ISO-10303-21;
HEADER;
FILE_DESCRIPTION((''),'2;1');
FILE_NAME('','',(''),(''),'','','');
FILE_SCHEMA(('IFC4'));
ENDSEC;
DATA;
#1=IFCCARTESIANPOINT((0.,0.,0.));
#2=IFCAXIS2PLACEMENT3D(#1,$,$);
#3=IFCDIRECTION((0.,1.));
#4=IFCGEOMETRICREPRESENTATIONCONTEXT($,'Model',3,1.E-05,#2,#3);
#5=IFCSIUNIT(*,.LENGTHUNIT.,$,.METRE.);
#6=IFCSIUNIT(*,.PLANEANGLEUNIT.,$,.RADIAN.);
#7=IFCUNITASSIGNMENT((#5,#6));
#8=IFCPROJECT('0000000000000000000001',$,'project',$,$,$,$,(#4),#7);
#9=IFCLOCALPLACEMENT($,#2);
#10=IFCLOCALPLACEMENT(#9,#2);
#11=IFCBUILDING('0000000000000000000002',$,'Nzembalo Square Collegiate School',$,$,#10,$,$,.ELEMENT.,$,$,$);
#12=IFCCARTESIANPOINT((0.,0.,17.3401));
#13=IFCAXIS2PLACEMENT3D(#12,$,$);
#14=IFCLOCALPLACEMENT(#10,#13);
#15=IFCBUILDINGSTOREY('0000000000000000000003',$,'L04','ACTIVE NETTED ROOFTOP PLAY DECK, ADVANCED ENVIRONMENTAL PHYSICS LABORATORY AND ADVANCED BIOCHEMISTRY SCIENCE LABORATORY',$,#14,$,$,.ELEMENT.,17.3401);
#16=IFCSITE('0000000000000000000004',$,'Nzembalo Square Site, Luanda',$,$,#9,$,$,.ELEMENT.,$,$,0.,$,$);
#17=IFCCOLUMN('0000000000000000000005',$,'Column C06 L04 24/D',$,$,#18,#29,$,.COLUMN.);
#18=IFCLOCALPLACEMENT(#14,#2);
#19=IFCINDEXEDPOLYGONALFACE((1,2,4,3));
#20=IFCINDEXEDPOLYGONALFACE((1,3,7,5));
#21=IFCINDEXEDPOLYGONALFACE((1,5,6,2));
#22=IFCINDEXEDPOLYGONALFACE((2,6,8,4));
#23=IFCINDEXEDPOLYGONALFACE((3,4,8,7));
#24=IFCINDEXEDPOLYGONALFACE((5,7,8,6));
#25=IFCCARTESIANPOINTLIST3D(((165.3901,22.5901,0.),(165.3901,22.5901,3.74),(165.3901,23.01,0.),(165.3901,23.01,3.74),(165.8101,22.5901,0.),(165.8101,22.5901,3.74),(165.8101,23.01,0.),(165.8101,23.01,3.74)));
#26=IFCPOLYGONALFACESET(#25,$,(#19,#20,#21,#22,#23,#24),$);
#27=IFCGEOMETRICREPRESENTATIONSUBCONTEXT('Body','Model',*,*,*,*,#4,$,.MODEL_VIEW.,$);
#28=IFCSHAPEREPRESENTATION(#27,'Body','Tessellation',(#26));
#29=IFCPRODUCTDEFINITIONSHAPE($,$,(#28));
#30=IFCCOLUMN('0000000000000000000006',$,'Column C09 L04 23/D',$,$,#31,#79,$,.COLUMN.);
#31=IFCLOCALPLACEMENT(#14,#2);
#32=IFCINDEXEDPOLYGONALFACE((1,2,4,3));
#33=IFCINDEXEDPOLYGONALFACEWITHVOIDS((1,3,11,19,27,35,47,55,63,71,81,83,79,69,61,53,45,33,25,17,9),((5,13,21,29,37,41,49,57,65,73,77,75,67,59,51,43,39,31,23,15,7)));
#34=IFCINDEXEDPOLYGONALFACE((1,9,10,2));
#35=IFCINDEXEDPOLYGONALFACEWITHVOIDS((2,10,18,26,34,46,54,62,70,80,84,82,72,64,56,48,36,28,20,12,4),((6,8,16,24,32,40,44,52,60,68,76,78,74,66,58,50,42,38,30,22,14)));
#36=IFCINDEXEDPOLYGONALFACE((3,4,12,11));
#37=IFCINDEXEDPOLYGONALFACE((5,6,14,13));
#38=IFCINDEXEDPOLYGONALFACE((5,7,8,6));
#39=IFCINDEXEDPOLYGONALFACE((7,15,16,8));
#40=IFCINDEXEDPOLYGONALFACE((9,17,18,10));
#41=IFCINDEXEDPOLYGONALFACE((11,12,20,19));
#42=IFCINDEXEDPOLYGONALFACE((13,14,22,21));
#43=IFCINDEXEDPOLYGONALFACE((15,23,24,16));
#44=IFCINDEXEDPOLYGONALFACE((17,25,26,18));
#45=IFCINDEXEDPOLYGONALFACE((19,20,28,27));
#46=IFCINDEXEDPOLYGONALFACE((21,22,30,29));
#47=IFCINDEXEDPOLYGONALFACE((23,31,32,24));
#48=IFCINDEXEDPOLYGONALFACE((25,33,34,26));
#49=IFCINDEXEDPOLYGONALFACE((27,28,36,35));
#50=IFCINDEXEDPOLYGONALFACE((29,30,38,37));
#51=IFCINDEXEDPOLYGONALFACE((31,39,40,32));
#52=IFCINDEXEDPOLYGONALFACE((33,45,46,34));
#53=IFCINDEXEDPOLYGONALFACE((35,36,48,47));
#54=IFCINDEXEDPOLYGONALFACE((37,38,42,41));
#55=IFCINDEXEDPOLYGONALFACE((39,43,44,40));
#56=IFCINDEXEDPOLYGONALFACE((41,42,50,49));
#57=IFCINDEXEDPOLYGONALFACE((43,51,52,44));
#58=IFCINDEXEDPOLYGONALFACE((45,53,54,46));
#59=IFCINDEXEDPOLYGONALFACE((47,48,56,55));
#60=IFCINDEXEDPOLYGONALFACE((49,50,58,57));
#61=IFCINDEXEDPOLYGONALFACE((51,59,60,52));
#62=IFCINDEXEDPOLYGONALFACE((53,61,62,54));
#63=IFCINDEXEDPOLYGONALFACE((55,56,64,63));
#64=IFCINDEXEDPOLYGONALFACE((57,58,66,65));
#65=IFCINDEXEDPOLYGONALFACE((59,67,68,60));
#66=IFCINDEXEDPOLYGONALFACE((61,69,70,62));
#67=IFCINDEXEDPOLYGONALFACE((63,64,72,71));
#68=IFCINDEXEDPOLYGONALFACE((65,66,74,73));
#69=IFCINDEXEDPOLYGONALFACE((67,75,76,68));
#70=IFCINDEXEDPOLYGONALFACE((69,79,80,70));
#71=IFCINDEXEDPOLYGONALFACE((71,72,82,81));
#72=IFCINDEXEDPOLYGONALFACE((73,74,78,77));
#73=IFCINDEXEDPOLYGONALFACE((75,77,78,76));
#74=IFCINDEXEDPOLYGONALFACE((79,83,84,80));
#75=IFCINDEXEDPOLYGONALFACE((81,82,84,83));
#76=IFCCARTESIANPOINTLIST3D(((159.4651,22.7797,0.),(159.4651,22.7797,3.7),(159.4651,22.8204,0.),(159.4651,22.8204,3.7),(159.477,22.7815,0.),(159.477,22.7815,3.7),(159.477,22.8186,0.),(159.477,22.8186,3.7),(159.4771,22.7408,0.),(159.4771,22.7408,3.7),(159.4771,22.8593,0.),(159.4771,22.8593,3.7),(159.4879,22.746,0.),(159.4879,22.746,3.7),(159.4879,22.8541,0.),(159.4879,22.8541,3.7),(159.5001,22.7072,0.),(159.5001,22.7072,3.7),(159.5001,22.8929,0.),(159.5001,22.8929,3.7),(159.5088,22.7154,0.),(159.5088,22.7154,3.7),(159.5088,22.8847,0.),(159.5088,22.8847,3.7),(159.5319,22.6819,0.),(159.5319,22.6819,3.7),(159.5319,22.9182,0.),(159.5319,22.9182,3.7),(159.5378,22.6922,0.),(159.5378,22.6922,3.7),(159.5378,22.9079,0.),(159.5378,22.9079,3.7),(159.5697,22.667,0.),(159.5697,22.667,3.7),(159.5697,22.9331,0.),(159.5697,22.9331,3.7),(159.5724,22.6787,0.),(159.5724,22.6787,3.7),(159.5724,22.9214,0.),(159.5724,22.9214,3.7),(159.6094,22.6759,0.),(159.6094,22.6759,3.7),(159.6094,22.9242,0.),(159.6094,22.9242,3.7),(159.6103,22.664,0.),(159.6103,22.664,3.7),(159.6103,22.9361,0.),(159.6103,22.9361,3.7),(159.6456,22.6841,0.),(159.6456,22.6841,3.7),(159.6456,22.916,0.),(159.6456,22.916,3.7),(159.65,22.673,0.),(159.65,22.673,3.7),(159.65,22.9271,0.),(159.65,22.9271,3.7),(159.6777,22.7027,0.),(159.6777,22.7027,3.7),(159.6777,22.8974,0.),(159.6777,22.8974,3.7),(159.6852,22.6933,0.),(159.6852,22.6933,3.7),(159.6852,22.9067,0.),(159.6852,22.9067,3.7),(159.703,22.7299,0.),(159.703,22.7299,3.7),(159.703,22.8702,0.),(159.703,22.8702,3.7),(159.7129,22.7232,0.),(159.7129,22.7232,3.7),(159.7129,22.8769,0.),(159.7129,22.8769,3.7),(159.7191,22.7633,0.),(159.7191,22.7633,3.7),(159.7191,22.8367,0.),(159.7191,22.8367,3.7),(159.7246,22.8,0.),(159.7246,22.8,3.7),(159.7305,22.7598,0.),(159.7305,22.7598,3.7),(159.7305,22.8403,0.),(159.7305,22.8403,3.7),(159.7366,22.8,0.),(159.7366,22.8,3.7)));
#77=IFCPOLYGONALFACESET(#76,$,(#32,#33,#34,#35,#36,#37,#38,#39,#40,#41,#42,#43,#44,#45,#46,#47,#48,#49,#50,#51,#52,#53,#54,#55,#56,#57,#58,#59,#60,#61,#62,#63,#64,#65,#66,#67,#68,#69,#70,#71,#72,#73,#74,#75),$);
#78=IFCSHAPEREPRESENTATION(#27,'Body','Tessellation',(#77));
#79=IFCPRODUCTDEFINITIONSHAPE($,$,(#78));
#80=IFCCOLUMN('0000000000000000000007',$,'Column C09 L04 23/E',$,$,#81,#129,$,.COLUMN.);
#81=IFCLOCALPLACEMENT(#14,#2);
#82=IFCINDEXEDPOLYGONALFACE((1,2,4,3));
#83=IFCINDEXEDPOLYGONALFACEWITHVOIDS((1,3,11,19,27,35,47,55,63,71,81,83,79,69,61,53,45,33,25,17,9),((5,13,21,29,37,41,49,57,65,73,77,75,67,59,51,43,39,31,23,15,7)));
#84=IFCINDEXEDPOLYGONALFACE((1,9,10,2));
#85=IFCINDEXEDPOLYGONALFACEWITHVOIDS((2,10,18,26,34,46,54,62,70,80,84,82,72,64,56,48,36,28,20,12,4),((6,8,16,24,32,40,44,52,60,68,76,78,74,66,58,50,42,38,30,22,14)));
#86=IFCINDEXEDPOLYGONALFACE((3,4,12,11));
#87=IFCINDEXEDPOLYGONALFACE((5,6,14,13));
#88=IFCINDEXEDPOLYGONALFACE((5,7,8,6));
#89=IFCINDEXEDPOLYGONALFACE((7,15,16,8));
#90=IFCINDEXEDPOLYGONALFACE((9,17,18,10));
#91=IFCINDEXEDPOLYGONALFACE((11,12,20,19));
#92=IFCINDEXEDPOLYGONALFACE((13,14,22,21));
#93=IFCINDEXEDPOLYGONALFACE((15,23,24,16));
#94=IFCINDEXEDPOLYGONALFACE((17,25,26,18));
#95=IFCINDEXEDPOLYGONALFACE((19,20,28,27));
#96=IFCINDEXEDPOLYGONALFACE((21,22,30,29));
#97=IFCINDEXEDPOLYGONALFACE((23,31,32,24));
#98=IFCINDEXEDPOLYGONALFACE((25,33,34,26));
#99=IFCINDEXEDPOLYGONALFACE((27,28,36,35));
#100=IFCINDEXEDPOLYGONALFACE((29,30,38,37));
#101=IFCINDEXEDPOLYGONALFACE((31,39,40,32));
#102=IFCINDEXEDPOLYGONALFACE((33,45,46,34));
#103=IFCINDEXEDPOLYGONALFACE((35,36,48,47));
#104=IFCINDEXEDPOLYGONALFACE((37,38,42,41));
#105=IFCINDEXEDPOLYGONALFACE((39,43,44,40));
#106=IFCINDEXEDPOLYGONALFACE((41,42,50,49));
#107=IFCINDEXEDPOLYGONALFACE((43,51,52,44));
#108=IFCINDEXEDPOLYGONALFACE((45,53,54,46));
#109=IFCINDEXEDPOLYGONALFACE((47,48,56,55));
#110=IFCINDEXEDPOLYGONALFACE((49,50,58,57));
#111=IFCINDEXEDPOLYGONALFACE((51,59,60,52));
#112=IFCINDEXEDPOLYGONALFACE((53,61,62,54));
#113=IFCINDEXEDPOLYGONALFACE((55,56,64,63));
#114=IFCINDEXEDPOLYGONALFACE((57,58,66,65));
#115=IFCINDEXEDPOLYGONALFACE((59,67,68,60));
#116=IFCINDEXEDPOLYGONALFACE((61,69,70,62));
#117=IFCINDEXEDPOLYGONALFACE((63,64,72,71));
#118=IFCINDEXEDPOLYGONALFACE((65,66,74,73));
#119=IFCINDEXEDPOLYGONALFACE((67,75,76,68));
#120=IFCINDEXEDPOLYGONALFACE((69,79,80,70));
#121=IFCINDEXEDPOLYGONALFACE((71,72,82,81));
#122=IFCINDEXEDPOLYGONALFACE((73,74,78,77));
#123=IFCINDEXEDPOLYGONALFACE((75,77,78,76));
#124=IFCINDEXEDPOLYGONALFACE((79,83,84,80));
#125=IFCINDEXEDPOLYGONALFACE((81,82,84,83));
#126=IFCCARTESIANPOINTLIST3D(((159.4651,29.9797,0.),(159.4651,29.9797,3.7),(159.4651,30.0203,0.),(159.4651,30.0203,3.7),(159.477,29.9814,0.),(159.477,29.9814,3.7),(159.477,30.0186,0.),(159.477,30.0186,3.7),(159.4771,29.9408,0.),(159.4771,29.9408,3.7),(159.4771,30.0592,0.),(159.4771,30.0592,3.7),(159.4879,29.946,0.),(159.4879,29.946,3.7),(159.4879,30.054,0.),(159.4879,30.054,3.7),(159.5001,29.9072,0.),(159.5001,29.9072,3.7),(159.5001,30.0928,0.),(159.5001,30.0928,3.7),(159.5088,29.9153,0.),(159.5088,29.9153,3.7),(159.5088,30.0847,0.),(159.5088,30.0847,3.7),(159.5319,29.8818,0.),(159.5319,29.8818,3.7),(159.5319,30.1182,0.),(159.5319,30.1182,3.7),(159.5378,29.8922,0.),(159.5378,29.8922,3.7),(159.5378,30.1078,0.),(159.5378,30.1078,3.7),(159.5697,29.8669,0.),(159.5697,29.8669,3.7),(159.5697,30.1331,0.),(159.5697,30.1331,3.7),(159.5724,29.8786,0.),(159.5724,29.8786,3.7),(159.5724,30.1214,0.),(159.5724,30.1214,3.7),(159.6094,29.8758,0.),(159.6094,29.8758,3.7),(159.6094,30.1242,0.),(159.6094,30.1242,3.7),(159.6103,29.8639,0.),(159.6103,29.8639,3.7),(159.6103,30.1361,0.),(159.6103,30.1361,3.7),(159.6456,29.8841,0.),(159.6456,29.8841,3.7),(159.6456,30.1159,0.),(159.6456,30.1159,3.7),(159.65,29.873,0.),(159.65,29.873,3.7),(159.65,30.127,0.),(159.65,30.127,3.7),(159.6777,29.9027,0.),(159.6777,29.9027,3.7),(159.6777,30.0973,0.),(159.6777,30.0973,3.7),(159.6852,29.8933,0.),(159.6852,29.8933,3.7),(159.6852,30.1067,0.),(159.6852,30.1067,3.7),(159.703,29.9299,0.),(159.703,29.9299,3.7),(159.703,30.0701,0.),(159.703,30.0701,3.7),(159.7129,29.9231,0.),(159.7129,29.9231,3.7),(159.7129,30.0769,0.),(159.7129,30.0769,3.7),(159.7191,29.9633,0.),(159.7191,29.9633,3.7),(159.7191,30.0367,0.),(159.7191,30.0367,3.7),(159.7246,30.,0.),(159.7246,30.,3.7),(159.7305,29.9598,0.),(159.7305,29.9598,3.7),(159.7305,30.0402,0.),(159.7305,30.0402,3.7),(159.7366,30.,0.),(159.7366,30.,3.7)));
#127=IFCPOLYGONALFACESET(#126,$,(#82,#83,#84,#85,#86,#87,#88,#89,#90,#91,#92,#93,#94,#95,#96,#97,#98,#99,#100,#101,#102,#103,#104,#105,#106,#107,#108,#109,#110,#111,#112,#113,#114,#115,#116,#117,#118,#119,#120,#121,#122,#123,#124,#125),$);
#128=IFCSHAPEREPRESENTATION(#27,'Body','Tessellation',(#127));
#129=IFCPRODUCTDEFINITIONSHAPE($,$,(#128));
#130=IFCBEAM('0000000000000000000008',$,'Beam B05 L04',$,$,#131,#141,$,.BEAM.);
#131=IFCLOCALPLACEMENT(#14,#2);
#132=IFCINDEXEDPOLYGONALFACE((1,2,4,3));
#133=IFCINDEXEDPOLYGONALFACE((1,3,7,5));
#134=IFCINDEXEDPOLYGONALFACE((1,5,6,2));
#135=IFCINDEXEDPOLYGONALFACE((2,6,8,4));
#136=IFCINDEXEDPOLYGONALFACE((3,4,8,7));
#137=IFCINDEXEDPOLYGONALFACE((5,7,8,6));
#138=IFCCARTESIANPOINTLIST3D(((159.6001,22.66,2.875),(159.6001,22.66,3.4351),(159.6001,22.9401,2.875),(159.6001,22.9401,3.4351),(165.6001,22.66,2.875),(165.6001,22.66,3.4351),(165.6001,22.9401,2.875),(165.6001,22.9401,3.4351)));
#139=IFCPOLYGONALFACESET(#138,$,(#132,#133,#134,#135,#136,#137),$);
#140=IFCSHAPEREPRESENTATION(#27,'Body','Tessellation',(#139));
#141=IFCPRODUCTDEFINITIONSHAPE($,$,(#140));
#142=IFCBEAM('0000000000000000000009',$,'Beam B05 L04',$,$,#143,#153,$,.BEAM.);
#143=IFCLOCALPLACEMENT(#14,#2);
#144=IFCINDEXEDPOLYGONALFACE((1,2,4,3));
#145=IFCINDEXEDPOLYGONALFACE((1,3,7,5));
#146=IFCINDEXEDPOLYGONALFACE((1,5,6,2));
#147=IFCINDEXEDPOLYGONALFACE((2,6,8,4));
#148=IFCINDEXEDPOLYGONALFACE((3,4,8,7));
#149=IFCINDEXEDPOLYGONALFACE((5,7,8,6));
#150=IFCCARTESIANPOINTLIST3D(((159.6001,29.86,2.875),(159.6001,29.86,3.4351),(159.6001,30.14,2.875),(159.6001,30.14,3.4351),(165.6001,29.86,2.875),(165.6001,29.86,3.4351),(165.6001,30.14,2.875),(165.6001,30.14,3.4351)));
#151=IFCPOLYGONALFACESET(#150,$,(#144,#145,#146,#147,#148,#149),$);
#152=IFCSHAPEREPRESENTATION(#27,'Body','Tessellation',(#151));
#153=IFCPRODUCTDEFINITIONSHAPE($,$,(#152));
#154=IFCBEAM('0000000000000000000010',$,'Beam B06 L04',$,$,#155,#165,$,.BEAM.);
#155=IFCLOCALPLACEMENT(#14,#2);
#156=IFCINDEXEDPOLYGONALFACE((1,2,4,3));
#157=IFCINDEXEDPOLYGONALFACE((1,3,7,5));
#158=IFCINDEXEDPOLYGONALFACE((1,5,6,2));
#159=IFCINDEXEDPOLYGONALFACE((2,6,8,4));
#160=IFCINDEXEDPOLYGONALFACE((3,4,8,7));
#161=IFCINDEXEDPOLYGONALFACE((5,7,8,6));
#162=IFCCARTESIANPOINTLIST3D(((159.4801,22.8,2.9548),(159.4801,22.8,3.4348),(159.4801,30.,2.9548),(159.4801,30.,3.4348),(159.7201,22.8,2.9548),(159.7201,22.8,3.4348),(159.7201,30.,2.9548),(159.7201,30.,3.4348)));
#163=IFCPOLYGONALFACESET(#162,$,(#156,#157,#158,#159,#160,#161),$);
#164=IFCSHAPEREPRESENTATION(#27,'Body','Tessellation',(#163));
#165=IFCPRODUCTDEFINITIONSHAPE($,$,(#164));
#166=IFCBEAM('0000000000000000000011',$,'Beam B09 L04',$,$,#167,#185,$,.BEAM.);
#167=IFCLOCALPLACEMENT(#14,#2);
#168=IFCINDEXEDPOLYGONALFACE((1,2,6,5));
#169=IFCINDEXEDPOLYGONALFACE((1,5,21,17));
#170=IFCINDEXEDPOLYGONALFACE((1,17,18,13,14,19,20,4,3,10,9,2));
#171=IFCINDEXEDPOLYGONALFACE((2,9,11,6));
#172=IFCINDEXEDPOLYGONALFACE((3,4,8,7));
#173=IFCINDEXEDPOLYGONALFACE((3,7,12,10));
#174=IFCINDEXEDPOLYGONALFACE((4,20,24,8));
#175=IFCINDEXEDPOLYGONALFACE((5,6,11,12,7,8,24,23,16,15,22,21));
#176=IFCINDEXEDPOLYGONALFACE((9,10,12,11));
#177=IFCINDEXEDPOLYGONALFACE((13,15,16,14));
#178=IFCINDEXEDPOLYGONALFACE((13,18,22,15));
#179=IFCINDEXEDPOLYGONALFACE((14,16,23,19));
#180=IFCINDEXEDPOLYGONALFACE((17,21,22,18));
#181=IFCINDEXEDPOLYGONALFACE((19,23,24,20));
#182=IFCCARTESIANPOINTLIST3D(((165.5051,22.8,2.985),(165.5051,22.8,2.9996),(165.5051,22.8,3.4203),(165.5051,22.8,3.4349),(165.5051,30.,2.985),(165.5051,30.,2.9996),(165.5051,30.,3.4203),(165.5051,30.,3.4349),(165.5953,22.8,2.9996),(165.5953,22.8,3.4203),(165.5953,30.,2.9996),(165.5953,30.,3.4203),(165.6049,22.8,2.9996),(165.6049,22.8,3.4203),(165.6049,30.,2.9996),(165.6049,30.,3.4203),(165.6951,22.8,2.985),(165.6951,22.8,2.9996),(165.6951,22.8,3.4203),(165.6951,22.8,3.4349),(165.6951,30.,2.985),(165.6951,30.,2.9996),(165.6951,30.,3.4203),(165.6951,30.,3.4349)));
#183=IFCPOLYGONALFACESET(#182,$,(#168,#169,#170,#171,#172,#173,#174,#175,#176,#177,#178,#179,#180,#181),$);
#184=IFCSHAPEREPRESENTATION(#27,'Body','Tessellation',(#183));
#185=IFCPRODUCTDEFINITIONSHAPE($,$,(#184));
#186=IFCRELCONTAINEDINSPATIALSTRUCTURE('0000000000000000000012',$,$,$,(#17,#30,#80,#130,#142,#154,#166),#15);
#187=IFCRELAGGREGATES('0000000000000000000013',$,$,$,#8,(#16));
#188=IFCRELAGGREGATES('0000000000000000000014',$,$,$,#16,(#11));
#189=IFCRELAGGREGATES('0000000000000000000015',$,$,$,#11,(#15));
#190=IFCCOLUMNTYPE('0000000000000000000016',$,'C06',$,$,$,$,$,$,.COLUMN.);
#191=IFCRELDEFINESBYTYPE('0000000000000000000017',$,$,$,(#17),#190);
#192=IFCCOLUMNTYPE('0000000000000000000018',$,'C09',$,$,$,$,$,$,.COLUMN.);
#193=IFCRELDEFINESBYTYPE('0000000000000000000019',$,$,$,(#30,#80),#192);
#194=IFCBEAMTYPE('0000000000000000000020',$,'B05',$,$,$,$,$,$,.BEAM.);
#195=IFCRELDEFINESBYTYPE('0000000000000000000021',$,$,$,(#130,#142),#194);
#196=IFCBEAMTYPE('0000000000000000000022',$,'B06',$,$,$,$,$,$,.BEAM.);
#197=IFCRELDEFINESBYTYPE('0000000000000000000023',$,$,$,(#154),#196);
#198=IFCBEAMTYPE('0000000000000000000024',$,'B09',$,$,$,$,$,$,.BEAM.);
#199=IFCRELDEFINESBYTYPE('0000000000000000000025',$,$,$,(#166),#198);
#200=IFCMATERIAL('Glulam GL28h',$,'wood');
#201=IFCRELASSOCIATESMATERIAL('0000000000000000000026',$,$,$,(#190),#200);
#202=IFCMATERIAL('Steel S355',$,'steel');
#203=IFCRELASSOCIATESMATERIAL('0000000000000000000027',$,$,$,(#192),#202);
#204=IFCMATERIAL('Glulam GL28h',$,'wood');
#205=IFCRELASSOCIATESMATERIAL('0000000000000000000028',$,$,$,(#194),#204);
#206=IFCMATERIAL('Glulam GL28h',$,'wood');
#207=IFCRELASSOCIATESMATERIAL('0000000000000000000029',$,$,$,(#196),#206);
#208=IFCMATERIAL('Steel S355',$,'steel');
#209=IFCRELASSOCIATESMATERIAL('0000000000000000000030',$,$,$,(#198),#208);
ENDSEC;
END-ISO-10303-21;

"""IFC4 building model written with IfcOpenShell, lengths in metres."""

from ifc_helpers import new_model, si_unit, direction, frame, origin, origin_2d, place, context, subcontext, project, spatial, rectangle, hollow_circle, i_section, extrude, material, material_profile, profile_set, type_object, element, save


model = new_model("IFC4")

# Units and contexts
model_context = context("Model", 3, precision=1e-05, world=origin(), true_north=direction((0.0, 1.0)))
body_context = subcontext(model_context, "Body", "Model", "MODEL_VIEW")
ifc_project = project(units=[si_unit("LENGTHUNIT", "METRE"), si_unit("PLANEANGLEUNIT", "RADIAN")], contexts=[model_context])

# Site, building, storey
site_placement = place(None, origin())
site = spatial("IfcSite", under=ifc_project, at=site_placement, Name="Nzembalo Square Site, Luanda", CompositionType="ELEMENT", RefElevation=0.0)
building_placement = place(site_placement, origin())
building = spatial("IfcBuilding", under=site, at=building_placement, Name="Nzembalo Square Collegiate School", CompositionType="ELEMENT")
storey_placement = place(building_placement, frame((0.0, 0.0, 17.3401)))
storey = spatial("IfcBuildingStorey", under=building, at=storey_placement, Name="L04", Description="ACTIVE NETTED ROOFTOP PLAY DECK, ADVANCED ENVIRONMENTAL PHYSICS LABORATORY AND ADVANCED BIOCHEMISTRY SCIENCE LABORATORY", CompositionType="ELEMENT", Elevation=17.3401)

# Columns
ifc_material_1 = material(Name="Glulam GL28h", Category="wood")
ifc_material_profile_1 = material_profile(ifc_material_1, rectangle(XDim=0.4199, YDim=0.4199, at=origin_2d()), Name="GL28h 420x420")
ifc_profile_set_1 = profile_set([ifc_material_profile_1], Name="Glulam GL28h")
column_type_1 = type_object("IfcColumnType", Name="C06", PredefinedType="COLUMN", material=ifc_profile_set_1)
column_placement = place(storey_placement, frame((165.6001, 22.8, 0.0), z_axis=(0.0, 0.0, 1.0), x_axis=(1.0, 0.0, 0.0)))
element("IfcColumn", 1, at=column_placement, inside=storey, type_object=column_type_1, Name="Column C06 L04 24/D", PredefinedType="COLUMN", context=body_context, shape_type="SweptSolid", body=[
    extrude(rectangle(XDim=0.4199, YDim=0.4199, at=origin_2d()), origin(), (0.0, 0.0, 1.0), 3.74),
])
ifc_material_2 = material(Name="Steel S355", Category="steel")
ifc_material_profile_2 = material_profile(ifc_material_2, hollow_circle(Radius=0.1365, WallThickness=0.012, at=origin_2d()), Name="CHS 273x12")
ifc_profile_set_2 = profile_set([ifc_material_profile_2], Name="Steel S355")
column_type_2 = type_object("IfcColumnType", Name="C09", PredefinedType="COLUMN", material=ifc_profile_set_2)
for number, where, z_axis, x_axis, name in (
    (2, (159.6001, 22.8, 0.0), (0.0, 0.0, 1.0), (1.0, 0.0, 0.0), "Column C09 L04 23/D"),
    (3, (159.6001, 30.0, 0.0), (0.0, 0.0, 1.0), (1.0, 0.0, 0.0), "Column C09 L04 23/E"),
):
    element("IfcColumn", number, at=place(storey_placement, frame(where, z_axis=z_axis, x_axis=x_axis)), inside=storey, type_object=column_type_2, Name=name, PredefinedType="COLUMN", context=body_context, shape_type="SweptSolid", body=[
        extrude(hollow_circle(Radius=0.1365, WallThickness=0.012, at=origin_2d()), origin(), (0.0, 0.0, 1.0), 3.7),
    ])

# Beams
ifc_material_3 = material(Name="Glulam GL28h", Category="wood")
ifc_material_profile_3 = material_profile(ifc_material_3, rectangle(XDim=0.28, YDim=0.5601, at=origin_2d()), Name="GL28h 280x560")
ifc_profile_set_3 = profile_set([ifc_material_profile_3], Name="Glulam GL28h")
beam_type_1 = type_object("IfcBeamType", Name="B05", PredefinedType="BEAM", material=ifc_profile_set_3)
for number, where, z_axis, x_axis, name in (
    (4, (159.6001, 22.8, 3.155), (1.0, 0.0, 0.0), (0.0, 1.0, 0.0), "Beam B05 L04"),
    (5, (159.6001, 30.0, 3.155), (1.0, 0.0, 0.0), (0.0, 1.0, 0.0), "Beam B05 L04"),
):
    element("IfcBeam", number, at=place(storey_placement, frame(where, z_axis=z_axis, x_axis=x_axis)), inside=storey, type_object=beam_type_1, Name=name, PredefinedType="BEAM", context=body_context, shape_type="SweptSolid", body=[
        extrude(rectangle(XDim=0.28, YDim=0.5601, at=origin_2d()), origin(), (0.0, 0.0, 1.0), 6.0),
    ])
ifc_material_4 = material(Name="Glulam GL28h", Category="wood")
ifc_material_profile_4 = material_profile(ifc_material_4, rectangle(XDim=0.24, YDim=0.48, at=origin_2d()), Name="GL28h 240x480")
ifc_profile_set_4 = profile_set([ifc_material_profile_4], Name="Glulam GL28h")
beam_type_2 = type_object("IfcBeamType", Name="B06", PredefinedType="BEAM", material=ifc_profile_set_4)
beam_1_placement = place(storey_placement, frame((159.6001, 22.8, 3.1948), z_axis=(0.0, 1.0, 0.0), x_axis=(-1.0, 0.0, 0.0)))
element("IfcBeam", 6, at=beam_1_placement, inside=storey, type_object=beam_type_2, Name="Beam B06 L04", PredefinedType="BEAM", context=body_context, shape_type="SweptSolid", body=[
    extrude(rectangle(XDim=0.24, YDim=0.48, at=origin_2d()), origin(), (0.0, 0.0, 1.0), 7.2),
])
ifc_material_5 = material(Name="Steel S355", Category="steel")
ifc_material_profile_5 = material_profile(ifc_material_5, i_section(OverallWidth=0.1899, OverallDepth=0.45, WebThickness=0.0095, FlangeThickness=0.0146, at=origin_2d()), Name="IPE 450")
ifc_profile_set_5 = profile_set([ifc_material_profile_5], Name="Steel S355")
beam_type_3 = type_object("IfcBeamType", Name="B09", PredefinedType="BEAM", material=ifc_profile_set_5)
beam_2_placement = place(storey_placement, frame((165.6001, 22.8, 3.21), z_axis=(0.0, 1.0, 0.0), x_axis=(-1.0, 0.0, 0.0)))
element("IfcBeam", 7, at=beam_2_placement, inside=storey, type_object=beam_type_3, Name="Beam B09 L04", PredefinedType="BEAM", context=body_context, shape_type="SweptSolid", body=[
    extrude(i_section(OverallWidth=0.1899, OverallDepth=0.45, WebThickness=0.0095, FlangeThickness=0.0146, at=origin_2d()), origin(), (0.0, 0.0, 1.0), 7.2),
])

save(model, "model.ifc")
